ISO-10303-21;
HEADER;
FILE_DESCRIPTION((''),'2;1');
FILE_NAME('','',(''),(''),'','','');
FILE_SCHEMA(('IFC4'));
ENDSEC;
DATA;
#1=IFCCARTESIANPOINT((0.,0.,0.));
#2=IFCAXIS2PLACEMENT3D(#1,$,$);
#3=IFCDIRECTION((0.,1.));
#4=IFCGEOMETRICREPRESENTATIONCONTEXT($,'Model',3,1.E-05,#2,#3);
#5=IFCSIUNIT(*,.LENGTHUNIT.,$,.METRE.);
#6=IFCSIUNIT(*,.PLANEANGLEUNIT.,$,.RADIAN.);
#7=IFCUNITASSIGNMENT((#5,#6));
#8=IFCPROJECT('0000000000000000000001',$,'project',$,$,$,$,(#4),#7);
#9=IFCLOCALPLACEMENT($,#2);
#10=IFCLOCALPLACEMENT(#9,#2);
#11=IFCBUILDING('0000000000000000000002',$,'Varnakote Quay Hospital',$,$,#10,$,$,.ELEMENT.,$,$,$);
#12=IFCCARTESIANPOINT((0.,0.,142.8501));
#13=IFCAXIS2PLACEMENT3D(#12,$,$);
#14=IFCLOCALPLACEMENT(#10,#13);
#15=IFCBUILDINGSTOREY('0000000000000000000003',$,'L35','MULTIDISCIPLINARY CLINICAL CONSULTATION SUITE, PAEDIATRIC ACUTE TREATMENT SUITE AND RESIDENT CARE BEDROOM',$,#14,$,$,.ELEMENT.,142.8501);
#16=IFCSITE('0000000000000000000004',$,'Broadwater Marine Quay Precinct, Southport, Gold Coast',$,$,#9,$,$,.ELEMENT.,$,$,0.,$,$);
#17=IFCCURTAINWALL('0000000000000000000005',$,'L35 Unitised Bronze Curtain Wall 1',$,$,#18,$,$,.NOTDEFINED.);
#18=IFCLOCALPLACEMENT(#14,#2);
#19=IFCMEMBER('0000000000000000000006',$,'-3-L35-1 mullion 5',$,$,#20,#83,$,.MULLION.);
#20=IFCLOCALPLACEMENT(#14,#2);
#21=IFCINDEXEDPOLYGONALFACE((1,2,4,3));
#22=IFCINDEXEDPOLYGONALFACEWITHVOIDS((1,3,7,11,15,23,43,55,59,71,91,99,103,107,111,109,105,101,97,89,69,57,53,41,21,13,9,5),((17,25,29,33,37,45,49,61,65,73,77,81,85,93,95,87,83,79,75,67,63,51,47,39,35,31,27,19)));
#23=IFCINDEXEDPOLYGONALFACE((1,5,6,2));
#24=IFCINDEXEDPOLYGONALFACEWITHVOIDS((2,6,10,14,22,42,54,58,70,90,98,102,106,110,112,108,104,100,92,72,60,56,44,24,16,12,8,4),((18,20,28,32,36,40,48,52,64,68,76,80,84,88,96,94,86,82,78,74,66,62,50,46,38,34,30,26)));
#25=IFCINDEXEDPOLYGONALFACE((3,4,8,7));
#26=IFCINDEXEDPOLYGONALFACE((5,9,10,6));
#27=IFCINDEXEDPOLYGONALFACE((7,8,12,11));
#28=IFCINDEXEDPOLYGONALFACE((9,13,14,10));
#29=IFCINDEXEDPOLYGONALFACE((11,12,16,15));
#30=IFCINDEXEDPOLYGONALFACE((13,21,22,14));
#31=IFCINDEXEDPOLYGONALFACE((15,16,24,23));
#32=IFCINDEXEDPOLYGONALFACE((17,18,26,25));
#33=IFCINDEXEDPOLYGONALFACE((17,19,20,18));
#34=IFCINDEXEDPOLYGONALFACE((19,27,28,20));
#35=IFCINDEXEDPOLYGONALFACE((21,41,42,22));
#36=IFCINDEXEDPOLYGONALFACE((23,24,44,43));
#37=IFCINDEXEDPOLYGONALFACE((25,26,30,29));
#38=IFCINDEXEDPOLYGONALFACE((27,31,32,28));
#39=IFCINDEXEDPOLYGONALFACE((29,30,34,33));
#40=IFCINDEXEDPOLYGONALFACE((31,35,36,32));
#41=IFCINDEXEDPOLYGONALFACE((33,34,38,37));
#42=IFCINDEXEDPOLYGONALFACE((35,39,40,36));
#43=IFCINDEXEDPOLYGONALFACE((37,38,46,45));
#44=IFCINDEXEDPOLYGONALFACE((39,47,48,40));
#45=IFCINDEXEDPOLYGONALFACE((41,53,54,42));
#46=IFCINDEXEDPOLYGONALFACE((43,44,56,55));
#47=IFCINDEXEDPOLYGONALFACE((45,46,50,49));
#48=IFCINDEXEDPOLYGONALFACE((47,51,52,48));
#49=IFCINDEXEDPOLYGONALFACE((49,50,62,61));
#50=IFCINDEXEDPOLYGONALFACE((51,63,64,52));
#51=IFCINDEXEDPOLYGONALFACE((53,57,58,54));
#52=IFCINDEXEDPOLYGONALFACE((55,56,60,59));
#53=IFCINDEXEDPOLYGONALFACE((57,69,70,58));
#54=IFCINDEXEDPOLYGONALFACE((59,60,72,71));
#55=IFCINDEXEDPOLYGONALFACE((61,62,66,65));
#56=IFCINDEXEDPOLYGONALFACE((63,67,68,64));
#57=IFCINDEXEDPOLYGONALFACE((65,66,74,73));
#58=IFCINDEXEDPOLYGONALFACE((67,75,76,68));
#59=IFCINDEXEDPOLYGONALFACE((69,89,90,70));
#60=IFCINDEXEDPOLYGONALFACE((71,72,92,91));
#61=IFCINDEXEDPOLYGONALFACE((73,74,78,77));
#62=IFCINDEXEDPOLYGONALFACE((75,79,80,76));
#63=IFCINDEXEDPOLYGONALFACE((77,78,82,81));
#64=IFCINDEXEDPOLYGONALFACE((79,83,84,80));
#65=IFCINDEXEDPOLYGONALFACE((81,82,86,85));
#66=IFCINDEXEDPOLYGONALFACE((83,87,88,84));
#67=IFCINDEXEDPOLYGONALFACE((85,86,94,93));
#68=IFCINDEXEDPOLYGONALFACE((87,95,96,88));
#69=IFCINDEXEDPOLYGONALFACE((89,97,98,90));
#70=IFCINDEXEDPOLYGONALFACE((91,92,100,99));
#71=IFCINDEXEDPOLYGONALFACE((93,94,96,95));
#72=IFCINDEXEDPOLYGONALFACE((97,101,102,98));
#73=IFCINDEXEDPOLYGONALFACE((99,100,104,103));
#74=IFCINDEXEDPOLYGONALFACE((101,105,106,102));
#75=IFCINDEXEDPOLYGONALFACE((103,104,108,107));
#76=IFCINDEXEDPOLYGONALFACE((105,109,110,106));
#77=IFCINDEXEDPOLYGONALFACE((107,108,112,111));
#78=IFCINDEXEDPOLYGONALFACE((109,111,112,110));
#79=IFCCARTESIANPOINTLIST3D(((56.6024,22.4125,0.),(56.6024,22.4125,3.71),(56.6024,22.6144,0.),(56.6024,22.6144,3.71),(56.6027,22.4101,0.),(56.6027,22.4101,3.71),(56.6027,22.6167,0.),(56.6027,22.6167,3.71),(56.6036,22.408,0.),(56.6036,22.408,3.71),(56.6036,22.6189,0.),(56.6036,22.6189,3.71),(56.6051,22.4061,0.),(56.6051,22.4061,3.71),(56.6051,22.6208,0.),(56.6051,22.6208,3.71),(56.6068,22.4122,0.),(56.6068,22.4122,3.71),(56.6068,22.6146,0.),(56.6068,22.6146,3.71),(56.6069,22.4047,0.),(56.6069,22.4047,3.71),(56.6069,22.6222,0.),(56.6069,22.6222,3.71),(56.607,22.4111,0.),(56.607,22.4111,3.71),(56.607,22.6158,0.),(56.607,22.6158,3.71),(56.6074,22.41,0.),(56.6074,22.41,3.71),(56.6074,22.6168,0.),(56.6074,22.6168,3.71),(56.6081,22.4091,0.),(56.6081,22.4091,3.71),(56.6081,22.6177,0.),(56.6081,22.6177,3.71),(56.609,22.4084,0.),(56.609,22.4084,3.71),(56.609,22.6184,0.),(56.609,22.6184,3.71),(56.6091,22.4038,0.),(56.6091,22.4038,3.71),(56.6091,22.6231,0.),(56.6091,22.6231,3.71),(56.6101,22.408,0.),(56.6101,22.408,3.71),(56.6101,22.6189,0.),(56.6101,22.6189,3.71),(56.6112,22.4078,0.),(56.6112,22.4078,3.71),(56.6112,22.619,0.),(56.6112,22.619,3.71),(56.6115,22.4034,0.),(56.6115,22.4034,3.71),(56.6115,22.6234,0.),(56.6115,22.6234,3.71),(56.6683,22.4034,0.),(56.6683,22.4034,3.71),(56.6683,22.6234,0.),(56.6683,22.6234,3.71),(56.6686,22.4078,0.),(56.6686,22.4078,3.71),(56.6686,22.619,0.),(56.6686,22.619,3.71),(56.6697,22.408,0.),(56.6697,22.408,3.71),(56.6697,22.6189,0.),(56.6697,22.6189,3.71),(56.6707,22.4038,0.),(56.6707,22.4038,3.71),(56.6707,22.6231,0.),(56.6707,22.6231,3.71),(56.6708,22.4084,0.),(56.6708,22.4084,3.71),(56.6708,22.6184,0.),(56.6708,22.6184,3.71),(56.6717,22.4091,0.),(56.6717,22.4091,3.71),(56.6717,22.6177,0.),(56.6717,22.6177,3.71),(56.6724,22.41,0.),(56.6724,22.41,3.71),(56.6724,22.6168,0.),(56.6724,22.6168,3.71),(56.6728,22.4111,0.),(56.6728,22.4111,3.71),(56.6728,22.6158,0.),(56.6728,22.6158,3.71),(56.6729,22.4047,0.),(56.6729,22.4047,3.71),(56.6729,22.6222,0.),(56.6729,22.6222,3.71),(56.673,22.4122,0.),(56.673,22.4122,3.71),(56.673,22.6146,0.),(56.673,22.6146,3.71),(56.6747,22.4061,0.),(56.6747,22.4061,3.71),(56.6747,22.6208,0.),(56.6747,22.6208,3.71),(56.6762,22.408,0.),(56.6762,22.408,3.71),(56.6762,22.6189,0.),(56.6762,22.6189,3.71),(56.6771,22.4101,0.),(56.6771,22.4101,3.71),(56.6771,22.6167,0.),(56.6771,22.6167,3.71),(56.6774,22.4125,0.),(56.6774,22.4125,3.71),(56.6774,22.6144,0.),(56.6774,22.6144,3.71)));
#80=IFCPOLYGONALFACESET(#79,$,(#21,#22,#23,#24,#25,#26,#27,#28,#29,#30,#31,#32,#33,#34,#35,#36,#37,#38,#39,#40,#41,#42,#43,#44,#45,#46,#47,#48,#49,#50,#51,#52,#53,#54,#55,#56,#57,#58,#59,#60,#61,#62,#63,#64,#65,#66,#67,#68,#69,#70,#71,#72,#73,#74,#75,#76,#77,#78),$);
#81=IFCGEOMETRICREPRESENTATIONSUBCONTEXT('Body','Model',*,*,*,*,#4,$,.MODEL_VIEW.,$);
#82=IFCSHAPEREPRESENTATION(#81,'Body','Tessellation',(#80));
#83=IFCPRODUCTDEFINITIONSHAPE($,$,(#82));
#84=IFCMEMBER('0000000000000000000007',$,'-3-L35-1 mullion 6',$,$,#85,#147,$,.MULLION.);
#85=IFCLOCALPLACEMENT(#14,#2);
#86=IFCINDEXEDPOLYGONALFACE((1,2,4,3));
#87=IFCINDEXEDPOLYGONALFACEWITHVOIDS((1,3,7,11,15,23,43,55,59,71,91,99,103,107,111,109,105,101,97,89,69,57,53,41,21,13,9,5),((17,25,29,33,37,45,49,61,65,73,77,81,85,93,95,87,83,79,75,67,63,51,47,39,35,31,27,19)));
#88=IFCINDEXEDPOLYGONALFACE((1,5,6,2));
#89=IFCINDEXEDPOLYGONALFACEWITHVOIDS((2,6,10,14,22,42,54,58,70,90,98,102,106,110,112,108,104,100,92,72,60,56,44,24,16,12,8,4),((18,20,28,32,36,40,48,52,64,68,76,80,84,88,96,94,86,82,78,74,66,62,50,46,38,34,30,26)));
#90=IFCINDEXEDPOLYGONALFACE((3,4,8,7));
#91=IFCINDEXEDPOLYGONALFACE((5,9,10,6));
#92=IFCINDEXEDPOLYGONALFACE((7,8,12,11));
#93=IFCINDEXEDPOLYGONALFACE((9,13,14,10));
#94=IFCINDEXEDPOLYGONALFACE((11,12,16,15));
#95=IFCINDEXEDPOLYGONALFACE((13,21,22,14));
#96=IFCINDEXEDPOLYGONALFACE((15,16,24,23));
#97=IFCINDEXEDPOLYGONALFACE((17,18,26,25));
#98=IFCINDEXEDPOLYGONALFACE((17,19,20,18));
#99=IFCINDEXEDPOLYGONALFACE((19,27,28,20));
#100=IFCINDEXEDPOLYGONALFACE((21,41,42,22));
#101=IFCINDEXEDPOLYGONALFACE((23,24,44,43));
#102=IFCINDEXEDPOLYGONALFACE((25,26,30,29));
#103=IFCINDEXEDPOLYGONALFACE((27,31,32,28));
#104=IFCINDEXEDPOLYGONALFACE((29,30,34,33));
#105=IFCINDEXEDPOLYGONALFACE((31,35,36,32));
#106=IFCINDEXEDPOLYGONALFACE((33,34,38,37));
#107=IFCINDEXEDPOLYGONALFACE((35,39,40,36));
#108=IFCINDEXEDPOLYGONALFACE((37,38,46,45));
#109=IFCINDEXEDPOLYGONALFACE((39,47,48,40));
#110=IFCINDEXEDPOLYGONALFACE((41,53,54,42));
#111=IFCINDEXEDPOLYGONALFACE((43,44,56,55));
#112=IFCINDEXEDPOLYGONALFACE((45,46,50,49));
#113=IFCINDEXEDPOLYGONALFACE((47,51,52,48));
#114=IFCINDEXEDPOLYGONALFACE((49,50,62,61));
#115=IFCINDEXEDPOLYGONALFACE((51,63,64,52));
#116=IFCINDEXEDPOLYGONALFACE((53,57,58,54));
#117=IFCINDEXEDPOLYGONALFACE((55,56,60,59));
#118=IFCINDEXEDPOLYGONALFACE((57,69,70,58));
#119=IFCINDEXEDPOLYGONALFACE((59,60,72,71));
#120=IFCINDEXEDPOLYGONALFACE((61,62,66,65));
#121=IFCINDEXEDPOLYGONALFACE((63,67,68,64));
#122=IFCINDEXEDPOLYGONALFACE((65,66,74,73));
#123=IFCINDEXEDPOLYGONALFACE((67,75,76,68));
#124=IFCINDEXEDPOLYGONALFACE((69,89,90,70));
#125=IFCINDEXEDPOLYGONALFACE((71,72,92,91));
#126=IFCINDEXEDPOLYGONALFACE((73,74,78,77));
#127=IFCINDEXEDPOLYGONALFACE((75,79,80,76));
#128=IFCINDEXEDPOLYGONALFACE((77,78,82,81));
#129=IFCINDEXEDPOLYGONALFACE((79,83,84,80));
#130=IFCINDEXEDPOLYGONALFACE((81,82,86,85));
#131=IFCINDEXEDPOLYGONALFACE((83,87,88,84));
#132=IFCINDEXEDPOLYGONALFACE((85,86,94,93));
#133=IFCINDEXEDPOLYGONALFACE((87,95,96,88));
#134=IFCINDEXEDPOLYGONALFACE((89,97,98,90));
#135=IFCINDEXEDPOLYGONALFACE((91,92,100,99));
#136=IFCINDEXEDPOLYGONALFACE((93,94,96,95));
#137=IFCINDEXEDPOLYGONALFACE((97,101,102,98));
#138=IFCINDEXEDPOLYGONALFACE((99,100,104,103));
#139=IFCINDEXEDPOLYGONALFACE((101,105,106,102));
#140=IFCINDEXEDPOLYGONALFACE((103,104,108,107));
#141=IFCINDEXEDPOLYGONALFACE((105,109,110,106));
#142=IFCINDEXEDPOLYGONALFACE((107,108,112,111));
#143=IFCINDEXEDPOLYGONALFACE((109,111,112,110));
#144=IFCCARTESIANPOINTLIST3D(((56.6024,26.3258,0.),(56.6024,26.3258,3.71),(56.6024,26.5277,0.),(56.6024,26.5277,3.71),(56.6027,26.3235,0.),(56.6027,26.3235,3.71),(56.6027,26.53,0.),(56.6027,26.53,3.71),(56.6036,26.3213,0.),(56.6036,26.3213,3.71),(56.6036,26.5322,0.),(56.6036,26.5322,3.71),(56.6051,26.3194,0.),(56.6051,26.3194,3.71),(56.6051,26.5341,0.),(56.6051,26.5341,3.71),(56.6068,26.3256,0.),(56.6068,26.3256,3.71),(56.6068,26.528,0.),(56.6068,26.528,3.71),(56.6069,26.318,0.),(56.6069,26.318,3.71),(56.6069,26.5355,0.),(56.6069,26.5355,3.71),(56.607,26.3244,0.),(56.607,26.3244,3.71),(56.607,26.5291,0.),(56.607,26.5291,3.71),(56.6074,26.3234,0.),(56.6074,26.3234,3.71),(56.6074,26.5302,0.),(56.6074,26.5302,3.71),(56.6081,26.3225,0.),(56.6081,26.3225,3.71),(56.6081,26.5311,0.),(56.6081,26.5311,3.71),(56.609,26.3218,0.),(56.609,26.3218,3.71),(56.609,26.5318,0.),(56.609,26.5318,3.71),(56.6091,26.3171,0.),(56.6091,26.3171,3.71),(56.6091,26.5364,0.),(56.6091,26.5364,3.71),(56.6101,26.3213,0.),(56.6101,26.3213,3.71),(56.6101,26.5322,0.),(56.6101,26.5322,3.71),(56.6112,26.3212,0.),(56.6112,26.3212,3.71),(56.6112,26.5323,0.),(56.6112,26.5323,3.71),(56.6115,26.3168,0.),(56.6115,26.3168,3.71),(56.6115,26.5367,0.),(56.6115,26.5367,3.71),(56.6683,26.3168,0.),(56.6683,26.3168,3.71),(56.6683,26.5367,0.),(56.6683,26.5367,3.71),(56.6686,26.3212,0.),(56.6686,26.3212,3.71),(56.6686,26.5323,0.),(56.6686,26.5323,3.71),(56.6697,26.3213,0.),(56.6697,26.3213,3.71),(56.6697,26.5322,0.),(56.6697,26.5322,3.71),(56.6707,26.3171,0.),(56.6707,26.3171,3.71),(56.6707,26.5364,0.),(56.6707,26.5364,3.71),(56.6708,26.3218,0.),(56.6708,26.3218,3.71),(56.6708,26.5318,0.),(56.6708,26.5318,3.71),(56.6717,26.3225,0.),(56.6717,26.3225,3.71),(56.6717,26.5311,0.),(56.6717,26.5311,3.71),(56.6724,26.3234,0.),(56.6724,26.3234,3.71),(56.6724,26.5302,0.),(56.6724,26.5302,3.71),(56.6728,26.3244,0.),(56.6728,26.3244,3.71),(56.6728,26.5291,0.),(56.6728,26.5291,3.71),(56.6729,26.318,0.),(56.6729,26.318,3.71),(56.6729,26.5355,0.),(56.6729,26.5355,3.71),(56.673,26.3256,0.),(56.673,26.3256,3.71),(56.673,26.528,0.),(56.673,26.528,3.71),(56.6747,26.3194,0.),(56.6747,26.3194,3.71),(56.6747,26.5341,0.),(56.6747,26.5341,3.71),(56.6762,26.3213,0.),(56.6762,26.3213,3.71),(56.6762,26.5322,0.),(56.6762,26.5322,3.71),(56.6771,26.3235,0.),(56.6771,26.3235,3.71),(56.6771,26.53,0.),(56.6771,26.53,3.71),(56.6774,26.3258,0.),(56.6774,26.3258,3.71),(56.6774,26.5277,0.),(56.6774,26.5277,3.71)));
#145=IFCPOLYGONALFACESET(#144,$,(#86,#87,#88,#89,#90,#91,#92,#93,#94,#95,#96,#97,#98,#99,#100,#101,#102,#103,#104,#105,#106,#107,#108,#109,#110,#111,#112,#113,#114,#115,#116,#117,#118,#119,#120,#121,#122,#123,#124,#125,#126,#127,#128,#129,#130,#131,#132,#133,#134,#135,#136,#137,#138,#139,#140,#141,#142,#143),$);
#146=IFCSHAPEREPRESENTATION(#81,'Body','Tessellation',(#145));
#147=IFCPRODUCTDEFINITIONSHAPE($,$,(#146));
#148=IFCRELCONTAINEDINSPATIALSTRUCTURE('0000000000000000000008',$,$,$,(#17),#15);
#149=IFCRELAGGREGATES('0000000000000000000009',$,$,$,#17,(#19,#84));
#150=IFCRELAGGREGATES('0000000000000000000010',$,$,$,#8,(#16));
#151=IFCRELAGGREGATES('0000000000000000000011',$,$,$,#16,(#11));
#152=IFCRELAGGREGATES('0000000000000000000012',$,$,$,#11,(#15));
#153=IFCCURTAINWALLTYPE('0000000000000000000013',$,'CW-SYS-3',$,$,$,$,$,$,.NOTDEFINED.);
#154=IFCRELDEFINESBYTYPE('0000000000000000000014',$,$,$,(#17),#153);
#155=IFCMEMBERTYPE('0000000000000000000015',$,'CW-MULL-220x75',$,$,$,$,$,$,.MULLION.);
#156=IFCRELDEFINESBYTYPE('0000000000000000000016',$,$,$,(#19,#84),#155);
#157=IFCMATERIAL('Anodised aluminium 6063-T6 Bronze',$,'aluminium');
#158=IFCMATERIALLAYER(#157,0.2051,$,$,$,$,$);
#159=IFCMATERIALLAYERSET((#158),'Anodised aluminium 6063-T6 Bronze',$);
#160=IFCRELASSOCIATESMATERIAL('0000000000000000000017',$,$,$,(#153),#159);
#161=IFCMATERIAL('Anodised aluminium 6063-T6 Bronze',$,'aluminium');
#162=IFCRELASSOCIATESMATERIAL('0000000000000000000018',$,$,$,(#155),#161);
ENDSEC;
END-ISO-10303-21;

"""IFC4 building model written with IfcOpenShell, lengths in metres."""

from ifc_helpers import new_model, si_unit, direction, frame, origin, origin_2d, place, context, subcontext, project, spatial, hollow_rectangle, extrude, material, layer, layer_set, material_profile, profile_set, type_object, element, aggregate, save


model = new_model("IFC4")

# Units and contexts
model_context = context("Model", 3, precision=1e-05, world=origin(), true_north=direction((0.0, 1.0)))
body_context = subcontext(model_context, "Body", "Model", "MODEL_VIEW")
ifc_project = project(units=[si_unit("LENGTHUNIT", "METRE"), si_unit("PLANEANGLEUNIT", "RADIAN")], contexts=[model_context])

# Site, building, storey
site_placement = place(None, origin())
site = spatial("IfcSite", under=ifc_project, at=site_placement, Name="Broadwater Marine Quay Precinct, Southport, Gold Coast", CompositionType="ELEMENT", RefElevation=0.0)
building_placement = place(site_placement, origin())
building = spatial("IfcBuilding", under=site, at=building_placement, Name="Varnakote Quay Hospital", CompositionType="ELEMENT")
storey_placement = place(building_placement, frame((0.0, 0.0, 142.8501)))
storey = spatial("IfcBuildingStorey", under=building, at=storey_placement, Name="L35", Description="MULTIDISCIPLINARY CLINICAL CONSULTATION SUITE, PAEDIATRIC ACUTE TREATMENT SUITE AND RESIDENT CARE BEDROOM", CompositionType="ELEMENT", Elevation=142.8501)

# Curtain wall, members
ifc_material_1 = material(Name="Anodised aluminium 6063-T6 Bronze", Category="aluminium")
ifc_layer_1 = layer(ifc_material_1, 0.2051)
ifc_layer_set_1 = layer_set([ifc_layer_1], Name="Anodised aluminium 6063-T6 Bronze")
curtain_wall_type = type_object("IfcCurtainWallType", Name="CW-SYS-3", PredefinedType="NOTDEFINED", material=ifc_layer_set_1)
curtain_wall_placement = place(storey_placement, origin())
curtain_wall = element("IfcCurtainWall", 1, at=curtain_wall_placement, inside=storey, type_object=curtain_wall_type, Name="L35 Unitised Bronze Curtain Wall 1", PredefinedType="NOTDEFINED")
ifc_material_2 = material(Name="Anodised aluminium 6063-T6 Bronze", Category="aluminium")
ifc_material_profile_1 = material_profile(ifc_material_2, hollow_rectangle(XDim=0.075, YDim=0.22, WallThickness=0.0044, InnerFilletRadius=0.0044, OuterFilletRadius=0.009, at=origin_2d()), Name="CW-MULL-220x75")
ifc_profile_set_1 = profile_set([ifc_material_profile_1], Name="Anodised aluminium 6063-T6 Bronze")
member_type_1 = type_object("IfcMemberType", Name="CW-MULL-220x75", PredefinedType="MULLION", material=ifc_profile_set_1)
member_1_placement = place(storey_placement, frame((56.6399, 22.5134, 0.0), z_axis=(0.0, 0.0, 1.0), x_axis=(-1.0, 0.0, 0.0)))
member_1 = element("IfcMember", 2, at=member_1_placement, type_object=member_type_1, Name="-3-L35-1 mullion 5", PredefinedType="MULLION", context=body_context, shape_type="SweptSolid", body=[
    extrude(hollow_rectangle(XDim=0.075, YDim=0.22, WallThickness=0.0044, InnerFilletRadius=0.0044, OuterFilletRadius=0.009, at=origin_2d()), origin(), (0.0, 0.0, 1.0), 3.71),
])
member_2_placement = place(storey_placement, frame((56.6399, 26.4268, 0.0), z_axis=(0.0, 0.0, 1.0), x_axis=(-1.0, 0.0, 0.0)))
member_2 = element("IfcMember", 3, at=member_2_placement, type_object=member_type_1, Name="-3-L35-1 mullion 6", PredefinedType="MULLION", context=body_context, shape_type="SweptSolid", body=[
    extrude(hollow_rectangle(XDim=0.075, YDim=0.22, WallThickness=0.0044, InnerFilletRadius=0.0044, OuterFilletRadius=0.009, at=origin_2d()), origin(), (0.0, 0.0, 1.0), 3.71),
])
aggregate(curtain_wall, [member_1, member_2])

save(model, "model.ifc")
